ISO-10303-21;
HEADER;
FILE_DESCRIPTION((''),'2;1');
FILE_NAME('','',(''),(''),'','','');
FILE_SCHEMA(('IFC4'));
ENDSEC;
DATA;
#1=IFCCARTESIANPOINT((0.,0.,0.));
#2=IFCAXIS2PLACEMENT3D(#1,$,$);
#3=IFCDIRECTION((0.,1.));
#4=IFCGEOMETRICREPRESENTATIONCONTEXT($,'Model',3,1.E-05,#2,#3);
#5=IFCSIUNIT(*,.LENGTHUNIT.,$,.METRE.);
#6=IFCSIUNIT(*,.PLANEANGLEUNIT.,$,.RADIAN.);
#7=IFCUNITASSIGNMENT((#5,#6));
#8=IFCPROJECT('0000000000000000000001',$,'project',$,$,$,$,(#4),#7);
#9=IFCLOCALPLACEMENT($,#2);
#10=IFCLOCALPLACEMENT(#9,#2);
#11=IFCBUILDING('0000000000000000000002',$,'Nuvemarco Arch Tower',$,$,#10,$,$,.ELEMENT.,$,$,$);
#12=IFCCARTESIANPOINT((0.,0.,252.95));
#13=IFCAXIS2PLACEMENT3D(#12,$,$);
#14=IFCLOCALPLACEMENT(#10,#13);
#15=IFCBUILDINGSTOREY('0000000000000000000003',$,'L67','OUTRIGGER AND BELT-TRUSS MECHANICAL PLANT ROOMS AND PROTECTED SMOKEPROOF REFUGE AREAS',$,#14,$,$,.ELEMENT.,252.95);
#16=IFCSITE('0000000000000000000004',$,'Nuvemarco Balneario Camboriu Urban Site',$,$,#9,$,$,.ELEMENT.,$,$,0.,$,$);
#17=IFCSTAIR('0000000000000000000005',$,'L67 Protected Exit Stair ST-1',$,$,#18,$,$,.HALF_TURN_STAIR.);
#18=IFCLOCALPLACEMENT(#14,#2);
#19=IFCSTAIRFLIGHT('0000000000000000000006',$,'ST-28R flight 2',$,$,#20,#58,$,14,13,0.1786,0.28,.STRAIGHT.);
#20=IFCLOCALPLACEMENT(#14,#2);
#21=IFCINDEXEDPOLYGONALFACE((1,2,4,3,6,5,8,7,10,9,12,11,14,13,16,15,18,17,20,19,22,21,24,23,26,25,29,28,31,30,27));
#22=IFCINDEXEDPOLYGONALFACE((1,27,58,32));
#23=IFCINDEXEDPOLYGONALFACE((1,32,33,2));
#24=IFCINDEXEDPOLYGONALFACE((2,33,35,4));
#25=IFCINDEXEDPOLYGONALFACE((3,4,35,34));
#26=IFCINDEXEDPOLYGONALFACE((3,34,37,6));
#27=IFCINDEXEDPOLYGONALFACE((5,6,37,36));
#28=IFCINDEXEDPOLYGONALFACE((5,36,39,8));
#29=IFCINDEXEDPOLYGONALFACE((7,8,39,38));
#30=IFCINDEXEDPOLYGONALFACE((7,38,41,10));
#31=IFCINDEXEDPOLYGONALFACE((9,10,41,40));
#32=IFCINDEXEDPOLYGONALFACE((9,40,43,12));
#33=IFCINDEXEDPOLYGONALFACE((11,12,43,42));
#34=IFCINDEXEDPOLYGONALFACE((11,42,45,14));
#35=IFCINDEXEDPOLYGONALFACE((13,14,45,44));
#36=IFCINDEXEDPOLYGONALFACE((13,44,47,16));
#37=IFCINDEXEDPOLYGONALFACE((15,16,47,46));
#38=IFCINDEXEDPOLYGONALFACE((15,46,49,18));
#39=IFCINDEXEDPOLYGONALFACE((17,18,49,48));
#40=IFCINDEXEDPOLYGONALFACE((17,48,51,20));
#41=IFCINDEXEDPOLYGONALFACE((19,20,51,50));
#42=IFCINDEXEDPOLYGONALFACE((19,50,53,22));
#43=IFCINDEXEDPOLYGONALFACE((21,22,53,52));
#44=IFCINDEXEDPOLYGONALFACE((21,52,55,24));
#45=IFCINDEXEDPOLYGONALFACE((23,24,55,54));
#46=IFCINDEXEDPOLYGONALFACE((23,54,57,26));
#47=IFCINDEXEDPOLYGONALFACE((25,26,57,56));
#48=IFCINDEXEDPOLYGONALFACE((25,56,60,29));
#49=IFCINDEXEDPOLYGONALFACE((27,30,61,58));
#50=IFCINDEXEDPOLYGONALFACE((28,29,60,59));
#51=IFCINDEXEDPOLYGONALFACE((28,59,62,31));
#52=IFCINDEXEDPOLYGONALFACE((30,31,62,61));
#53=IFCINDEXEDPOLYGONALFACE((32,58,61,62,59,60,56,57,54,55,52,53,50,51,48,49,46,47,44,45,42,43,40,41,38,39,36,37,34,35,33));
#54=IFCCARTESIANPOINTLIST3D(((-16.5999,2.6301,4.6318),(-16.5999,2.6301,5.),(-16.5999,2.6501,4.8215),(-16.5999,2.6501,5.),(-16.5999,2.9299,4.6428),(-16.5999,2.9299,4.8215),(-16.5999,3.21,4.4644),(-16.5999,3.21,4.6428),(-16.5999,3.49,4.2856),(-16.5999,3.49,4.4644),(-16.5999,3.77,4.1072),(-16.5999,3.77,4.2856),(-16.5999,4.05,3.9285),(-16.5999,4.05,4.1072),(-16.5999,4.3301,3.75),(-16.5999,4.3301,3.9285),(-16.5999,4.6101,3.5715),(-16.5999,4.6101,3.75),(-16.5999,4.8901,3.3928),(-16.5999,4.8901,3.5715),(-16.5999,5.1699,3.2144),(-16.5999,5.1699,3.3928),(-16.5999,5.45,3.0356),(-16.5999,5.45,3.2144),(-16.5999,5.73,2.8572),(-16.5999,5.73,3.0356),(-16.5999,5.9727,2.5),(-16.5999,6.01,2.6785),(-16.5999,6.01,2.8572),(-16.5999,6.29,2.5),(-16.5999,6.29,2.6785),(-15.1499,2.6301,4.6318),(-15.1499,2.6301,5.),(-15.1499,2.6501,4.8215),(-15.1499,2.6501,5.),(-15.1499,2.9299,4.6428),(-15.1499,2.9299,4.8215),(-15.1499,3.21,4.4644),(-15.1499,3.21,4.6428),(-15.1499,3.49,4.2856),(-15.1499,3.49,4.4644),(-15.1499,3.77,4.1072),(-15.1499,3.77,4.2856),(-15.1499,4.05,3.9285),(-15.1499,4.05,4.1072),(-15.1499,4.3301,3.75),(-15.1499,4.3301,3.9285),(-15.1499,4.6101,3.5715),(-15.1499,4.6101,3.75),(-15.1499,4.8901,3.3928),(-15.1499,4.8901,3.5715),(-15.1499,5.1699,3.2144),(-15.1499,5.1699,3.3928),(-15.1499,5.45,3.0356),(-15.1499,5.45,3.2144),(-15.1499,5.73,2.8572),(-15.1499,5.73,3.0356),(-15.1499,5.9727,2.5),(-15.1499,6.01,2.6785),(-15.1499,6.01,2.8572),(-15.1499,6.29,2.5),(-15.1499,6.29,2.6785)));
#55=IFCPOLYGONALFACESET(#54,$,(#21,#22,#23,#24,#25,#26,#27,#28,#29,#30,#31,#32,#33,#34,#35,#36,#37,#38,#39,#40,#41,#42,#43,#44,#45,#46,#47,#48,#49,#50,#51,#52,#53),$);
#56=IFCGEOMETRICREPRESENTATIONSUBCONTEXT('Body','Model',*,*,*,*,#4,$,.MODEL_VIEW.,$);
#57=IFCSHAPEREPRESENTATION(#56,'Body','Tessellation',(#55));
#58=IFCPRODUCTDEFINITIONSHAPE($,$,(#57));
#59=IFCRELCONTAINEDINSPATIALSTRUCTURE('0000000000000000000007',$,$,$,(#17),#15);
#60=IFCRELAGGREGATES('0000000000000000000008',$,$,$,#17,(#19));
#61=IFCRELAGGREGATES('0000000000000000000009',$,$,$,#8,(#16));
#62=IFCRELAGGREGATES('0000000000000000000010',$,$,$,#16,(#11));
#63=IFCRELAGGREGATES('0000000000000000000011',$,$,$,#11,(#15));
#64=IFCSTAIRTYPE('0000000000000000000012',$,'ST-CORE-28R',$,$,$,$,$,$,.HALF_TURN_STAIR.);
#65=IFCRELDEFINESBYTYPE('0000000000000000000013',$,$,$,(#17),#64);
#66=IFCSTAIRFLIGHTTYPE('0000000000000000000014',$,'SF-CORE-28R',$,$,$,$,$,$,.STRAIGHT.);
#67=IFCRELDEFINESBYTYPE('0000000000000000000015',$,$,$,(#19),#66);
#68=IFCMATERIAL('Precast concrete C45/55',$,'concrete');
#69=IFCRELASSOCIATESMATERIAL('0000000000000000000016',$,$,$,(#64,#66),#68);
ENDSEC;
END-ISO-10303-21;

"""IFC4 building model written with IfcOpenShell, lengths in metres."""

from ifc_helpers import new_model, si_unit, direction, frame, origin, place, context, subcontext, project, spatial, polyline, outline, extrude, material, type_object, element, aggregate, save


model = new_model("IFC4")

# Units and contexts
model_context = context("Model", 3, precision=1e-05, world=origin(), true_north=direction((0.0, 1.0)))
body_context = subcontext(model_context, "Body", "Model", "MODEL_VIEW")
ifc_project = project(units=[si_unit("LENGTHUNIT", "METRE"), si_unit("PLANEANGLEUNIT", "RADIAN")], contexts=[model_context])

# Site, building, storey
site_placement = place(None, origin())
site = spatial("IfcSite", under=ifc_project, at=site_placement, Name="Nuvemarco Balneario Camboriu Urban Site", CompositionType="ELEMENT", RefElevation=0.0)
building_placement = place(site_placement, origin())
building = spatial("IfcBuilding", under=site, at=building_placement, Name="Nuvemarco Arch Tower", CompositionType="ELEMENT")
storey_placement = place(building_placement, frame((0.0, 0.0, 252.95)))
storey = spatial("IfcBuildingStorey", under=building, at=storey_placement, Name="L67", Description="OUTRIGGER AND BELT-TRUSS MECHANICAL PLANT ROOMS AND PROTECTED SMOKEPROOF REFUGE AREAS", CompositionType="ELEMENT", Elevation=252.95)

# Shared definitions
ifc_material_1 = material(Name="Precast concrete C45/55", Category="concrete")

# Stair, stair flight
stair_type = type_object("IfcStairType", Name="ST-CORE-28R", PredefinedType="HALF_TURN_STAIR", material=ifc_material_1)
stair_placement = place(storey_placement, origin())
stair = element("IfcStair", 1, at=stair_placement, inside=storey, type_object=stair_type, Name="L67 Protected Exit Stair ST-1", PredefinedType="HALF_TURN_STAIR")
stair_flight_type = type_object("IfcStairFlightType", Name="SF-CORE-28R", PredefinedType="STRAIGHT", material=ifc_material_1)
stair_flight_1_placement = place(storey_placement, frame((-15.875, 6.29, 2.5), z_axis=(0.0, 0.0, 1.0), x_axis=(0.0, -1.0, 0.0)))
stair_flight_1 = element("IfcStairFlight", 2, at=stair_flight_1_placement, type_object=stair_flight_type, Name="ST-28R flight 2", NumberOfRisers=14, NumberOfTreads=13, PredefinedType="STRAIGHT", RiserHeight=0.1786, TreadLength=0.28, context=body_context, shape_type="SweptSolid", body=[
    extrude(outline(polyline([(0.0, 0.0), (0.0, 0.1785), (0.28, 0.1785), (0.28, 0.3572), (0.5601, 0.3572), (0.5601, 0.5356), (0.8401, 0.5356), (0.8401, 0.7144), (1.1201, 0.7144), (1.1201, 0.8928), (1.3999, 0.8928), (1.3999, 1.0715), (1.6799, 1.0715), (1.6799, 1.25), (1.96, 1.25), (1.96, 1.4285), (2.24, 1.4285), (2.24, 1.6072), (2.52, 1.6072), (2.52, 1.7856), (2.8, 1.7856), (2.8, 1.9644), (3.0801, 1.9644), (3.0801, 2.1428), (3.3601, 2.1428), (3.3601, 2.3215), (3.6399, 2.3215), (3.6399, 2.5), (3.6599, 2.5), (3.6599, 2.1318), (0.3174, 0.0), (0.0, 0.0)])), frame((0.0, 0.7251, 0.0), z_axis=(0.0, -1.0, 0.0), x_axis=(1.0, 0.0, 0.0)), (0.0, 0.0, 1.0), 1.45),
])
aggregate(stair, [stair_flight_1])

save(model, "model.ifc")
